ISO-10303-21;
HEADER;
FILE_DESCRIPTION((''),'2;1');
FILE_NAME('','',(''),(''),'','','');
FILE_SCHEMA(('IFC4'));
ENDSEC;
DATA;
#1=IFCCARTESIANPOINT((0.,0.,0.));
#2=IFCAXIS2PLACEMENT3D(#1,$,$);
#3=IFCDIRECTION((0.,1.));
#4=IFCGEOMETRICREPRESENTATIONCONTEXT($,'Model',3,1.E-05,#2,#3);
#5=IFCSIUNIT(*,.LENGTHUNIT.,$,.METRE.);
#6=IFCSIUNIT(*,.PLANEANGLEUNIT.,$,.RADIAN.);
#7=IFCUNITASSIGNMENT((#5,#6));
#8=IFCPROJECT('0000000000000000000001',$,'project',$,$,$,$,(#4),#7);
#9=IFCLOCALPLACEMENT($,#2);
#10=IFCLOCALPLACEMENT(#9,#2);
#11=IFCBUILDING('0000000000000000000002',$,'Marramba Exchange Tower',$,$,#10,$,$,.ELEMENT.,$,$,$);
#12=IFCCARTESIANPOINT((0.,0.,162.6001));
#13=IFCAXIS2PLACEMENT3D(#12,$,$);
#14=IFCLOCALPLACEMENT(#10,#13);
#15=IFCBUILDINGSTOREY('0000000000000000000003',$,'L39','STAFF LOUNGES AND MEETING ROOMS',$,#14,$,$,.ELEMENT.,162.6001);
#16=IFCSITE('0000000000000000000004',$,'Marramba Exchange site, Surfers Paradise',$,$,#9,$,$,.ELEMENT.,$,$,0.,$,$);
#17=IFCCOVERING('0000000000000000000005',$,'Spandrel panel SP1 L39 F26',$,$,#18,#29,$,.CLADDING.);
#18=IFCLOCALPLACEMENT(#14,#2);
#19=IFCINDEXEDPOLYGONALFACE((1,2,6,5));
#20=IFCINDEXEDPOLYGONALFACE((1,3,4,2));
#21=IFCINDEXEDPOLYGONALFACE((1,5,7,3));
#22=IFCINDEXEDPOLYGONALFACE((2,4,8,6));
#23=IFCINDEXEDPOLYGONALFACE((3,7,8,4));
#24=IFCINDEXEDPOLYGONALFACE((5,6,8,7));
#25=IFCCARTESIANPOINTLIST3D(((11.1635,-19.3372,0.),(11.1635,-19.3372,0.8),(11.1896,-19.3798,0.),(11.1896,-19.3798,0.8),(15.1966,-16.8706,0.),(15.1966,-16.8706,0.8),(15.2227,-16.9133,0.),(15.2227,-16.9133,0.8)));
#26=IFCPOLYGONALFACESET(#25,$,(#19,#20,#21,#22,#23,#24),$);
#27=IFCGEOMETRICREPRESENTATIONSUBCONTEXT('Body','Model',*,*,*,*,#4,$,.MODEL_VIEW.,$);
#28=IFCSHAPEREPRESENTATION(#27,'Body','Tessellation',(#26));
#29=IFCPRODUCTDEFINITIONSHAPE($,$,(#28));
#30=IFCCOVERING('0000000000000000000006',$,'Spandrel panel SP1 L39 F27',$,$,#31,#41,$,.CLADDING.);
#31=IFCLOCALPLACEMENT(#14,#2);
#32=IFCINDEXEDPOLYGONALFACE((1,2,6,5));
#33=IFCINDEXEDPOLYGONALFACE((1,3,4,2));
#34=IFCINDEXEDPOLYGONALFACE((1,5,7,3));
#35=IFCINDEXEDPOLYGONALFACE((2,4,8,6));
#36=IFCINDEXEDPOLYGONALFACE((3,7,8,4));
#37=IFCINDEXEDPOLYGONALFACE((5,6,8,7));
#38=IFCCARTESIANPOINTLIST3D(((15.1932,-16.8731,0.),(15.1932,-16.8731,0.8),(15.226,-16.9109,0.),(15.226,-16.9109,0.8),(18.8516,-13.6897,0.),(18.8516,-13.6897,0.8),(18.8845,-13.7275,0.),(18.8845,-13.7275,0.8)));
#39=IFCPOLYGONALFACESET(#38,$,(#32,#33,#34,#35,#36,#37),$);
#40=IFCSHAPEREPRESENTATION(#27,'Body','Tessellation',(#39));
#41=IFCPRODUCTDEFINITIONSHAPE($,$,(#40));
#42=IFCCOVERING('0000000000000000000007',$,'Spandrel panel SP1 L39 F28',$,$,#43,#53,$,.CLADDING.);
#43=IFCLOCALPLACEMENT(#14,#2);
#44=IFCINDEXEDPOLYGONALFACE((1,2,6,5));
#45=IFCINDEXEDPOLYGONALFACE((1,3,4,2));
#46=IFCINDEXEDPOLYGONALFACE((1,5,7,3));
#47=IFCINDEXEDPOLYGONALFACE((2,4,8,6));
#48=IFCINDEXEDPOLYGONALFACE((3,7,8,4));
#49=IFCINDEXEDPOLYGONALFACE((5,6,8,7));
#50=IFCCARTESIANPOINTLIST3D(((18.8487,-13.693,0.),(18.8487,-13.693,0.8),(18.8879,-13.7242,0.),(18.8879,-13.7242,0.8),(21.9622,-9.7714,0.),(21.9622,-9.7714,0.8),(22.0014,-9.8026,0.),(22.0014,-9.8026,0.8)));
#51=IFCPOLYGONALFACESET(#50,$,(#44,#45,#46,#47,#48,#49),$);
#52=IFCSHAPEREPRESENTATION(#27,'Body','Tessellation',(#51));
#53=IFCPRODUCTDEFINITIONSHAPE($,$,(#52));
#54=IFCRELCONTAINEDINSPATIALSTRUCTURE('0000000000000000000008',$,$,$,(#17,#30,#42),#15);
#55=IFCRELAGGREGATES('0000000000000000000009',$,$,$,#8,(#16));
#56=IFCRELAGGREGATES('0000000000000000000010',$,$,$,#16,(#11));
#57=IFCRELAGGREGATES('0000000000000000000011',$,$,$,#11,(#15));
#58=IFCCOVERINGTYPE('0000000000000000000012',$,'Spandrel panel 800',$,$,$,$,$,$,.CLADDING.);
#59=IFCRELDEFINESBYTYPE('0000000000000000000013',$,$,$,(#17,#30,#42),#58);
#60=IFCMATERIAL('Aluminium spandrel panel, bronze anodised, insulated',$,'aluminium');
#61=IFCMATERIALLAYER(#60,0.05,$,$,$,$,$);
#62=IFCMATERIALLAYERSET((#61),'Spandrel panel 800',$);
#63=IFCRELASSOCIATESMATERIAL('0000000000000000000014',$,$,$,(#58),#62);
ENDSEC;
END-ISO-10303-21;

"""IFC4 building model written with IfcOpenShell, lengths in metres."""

from ifc_helpers import new_model, si_unit, direction, frame, origin, origin_2d, place, context, subcontext, project, spatial, rectangle, extrude, material, layer, layer_set, type_object, element, save


model = new_model("IFC4")

# Units and contexts
model_context = context("Model", 3, precision=1e-05, world=origin(), true_north=direction((0.0, 1.0)))
body_context = subcontext(model_context, "Body", "Model", "MODEL_VIEW")
ifc_project = project(units=[si_unit("LENGTHUNIT", "METRE"), si_unit("PLANEANGLEUNIT", "RADIAN")], contexts=[model_context])

# Site, building, storey
site_placement = place(None, origin())
site = spatial("IfcSite", under=ifc_project, at=site_placement, Name="Marramba Exchange site, Surfers Paradise", CompositionType="ELEMENT", RefElevation=0.0)
building_placement = place(site_placement, origin())
building = spatial("IfcBuilding", under=site, at=building_placement, Name="Marramba Exchange Tower", CompositionType="ELEMENT")
storey_placement = place(building_placement, frame((0.0, 0.0, 162.6001)))
storey = spatial("IfcBuildingStorey", under=building, at=storey_placement, Name="L39", Description="STAFF LOUNGES AND MEETING ROOMS", CompositionType="ELEMENT", Elevation=162.6001)

# Coverings
ifc_material_1 = material(Name="Aluminium spandrel panel, bronze anodised, insulated", Category="aluminium")
ifc_layer_1 = layer(ifc_material_1, 0.05)
ifc_layer_set_1 = layer_set([ifc_layer_1], Name="Spandrel panel 800")
covering_type = type_object("IfcCoveringType", Name="Spandrel panel 800", PredefinedType="CLADDING", material=ifc_layer_set_1)
covering_1_placement = place(storey_placement, frame((13.1931, -18.1252, 0.0), z_axis=(0.0, 0.0, 1.0), x_axis=(0.853109, 0.521733, 0.0)))
element("IfcCovering", 1, at=covering_1_placement, inside=storey, type_object=covering_type, Name="Spandrel panel SP1 L39 F26", PredefinedType="CLADDING", context=body_context, shape_type="SweptSolid", body=[
    extrude(rectangle(XDim=4.7275, YDim=0.05, at=origin_2d()), origin(), (0.0, 0.0, 1.0), 0.8),
])
covering_2_placement = place(storey_placement, frame((17.0388, -15.3003, 0.0), z_axis=(0.0, 0.0, 1.0), x_axis=(0.754386, 0.656432, 0.0)))
element("IfcCovering", 2, at=covering_2_placement, inside=storey, type_object=covering_type, Name="Spandrel panel SP1 L39 F27", PredefinedType="CLADDING", context=body_context, shape_type="SweptSolid", body=[
    extrude(rectangle(XDim=4.8496, YDim=0.05, at=origin_2d()), origin(), (0.0, 0.0, 1.0), 0.8),
])
covering_3_placement = place(storey_placement, frame((20.425, -11.7478, 0.0), z_axis=(0.0, 0.0, 1.0), x_axis=(0.621807, 0.78317, 0.0)))
element("IfcCovering", 3, at=covering_3_placement, inside=storey, type_object=covering_type, Name="Spandrel panel SP1 L39 F28", PredefinedType="CLADDING", context=body_context, shape_type="SweptSolid", body=[
    extrude(rectangle(XDim=5.0073, YDim=0.05, at=origin_2d()), origin(), (0.0, 0.0, 1.0), 0.8),
])

save(model, "model.ifc")
